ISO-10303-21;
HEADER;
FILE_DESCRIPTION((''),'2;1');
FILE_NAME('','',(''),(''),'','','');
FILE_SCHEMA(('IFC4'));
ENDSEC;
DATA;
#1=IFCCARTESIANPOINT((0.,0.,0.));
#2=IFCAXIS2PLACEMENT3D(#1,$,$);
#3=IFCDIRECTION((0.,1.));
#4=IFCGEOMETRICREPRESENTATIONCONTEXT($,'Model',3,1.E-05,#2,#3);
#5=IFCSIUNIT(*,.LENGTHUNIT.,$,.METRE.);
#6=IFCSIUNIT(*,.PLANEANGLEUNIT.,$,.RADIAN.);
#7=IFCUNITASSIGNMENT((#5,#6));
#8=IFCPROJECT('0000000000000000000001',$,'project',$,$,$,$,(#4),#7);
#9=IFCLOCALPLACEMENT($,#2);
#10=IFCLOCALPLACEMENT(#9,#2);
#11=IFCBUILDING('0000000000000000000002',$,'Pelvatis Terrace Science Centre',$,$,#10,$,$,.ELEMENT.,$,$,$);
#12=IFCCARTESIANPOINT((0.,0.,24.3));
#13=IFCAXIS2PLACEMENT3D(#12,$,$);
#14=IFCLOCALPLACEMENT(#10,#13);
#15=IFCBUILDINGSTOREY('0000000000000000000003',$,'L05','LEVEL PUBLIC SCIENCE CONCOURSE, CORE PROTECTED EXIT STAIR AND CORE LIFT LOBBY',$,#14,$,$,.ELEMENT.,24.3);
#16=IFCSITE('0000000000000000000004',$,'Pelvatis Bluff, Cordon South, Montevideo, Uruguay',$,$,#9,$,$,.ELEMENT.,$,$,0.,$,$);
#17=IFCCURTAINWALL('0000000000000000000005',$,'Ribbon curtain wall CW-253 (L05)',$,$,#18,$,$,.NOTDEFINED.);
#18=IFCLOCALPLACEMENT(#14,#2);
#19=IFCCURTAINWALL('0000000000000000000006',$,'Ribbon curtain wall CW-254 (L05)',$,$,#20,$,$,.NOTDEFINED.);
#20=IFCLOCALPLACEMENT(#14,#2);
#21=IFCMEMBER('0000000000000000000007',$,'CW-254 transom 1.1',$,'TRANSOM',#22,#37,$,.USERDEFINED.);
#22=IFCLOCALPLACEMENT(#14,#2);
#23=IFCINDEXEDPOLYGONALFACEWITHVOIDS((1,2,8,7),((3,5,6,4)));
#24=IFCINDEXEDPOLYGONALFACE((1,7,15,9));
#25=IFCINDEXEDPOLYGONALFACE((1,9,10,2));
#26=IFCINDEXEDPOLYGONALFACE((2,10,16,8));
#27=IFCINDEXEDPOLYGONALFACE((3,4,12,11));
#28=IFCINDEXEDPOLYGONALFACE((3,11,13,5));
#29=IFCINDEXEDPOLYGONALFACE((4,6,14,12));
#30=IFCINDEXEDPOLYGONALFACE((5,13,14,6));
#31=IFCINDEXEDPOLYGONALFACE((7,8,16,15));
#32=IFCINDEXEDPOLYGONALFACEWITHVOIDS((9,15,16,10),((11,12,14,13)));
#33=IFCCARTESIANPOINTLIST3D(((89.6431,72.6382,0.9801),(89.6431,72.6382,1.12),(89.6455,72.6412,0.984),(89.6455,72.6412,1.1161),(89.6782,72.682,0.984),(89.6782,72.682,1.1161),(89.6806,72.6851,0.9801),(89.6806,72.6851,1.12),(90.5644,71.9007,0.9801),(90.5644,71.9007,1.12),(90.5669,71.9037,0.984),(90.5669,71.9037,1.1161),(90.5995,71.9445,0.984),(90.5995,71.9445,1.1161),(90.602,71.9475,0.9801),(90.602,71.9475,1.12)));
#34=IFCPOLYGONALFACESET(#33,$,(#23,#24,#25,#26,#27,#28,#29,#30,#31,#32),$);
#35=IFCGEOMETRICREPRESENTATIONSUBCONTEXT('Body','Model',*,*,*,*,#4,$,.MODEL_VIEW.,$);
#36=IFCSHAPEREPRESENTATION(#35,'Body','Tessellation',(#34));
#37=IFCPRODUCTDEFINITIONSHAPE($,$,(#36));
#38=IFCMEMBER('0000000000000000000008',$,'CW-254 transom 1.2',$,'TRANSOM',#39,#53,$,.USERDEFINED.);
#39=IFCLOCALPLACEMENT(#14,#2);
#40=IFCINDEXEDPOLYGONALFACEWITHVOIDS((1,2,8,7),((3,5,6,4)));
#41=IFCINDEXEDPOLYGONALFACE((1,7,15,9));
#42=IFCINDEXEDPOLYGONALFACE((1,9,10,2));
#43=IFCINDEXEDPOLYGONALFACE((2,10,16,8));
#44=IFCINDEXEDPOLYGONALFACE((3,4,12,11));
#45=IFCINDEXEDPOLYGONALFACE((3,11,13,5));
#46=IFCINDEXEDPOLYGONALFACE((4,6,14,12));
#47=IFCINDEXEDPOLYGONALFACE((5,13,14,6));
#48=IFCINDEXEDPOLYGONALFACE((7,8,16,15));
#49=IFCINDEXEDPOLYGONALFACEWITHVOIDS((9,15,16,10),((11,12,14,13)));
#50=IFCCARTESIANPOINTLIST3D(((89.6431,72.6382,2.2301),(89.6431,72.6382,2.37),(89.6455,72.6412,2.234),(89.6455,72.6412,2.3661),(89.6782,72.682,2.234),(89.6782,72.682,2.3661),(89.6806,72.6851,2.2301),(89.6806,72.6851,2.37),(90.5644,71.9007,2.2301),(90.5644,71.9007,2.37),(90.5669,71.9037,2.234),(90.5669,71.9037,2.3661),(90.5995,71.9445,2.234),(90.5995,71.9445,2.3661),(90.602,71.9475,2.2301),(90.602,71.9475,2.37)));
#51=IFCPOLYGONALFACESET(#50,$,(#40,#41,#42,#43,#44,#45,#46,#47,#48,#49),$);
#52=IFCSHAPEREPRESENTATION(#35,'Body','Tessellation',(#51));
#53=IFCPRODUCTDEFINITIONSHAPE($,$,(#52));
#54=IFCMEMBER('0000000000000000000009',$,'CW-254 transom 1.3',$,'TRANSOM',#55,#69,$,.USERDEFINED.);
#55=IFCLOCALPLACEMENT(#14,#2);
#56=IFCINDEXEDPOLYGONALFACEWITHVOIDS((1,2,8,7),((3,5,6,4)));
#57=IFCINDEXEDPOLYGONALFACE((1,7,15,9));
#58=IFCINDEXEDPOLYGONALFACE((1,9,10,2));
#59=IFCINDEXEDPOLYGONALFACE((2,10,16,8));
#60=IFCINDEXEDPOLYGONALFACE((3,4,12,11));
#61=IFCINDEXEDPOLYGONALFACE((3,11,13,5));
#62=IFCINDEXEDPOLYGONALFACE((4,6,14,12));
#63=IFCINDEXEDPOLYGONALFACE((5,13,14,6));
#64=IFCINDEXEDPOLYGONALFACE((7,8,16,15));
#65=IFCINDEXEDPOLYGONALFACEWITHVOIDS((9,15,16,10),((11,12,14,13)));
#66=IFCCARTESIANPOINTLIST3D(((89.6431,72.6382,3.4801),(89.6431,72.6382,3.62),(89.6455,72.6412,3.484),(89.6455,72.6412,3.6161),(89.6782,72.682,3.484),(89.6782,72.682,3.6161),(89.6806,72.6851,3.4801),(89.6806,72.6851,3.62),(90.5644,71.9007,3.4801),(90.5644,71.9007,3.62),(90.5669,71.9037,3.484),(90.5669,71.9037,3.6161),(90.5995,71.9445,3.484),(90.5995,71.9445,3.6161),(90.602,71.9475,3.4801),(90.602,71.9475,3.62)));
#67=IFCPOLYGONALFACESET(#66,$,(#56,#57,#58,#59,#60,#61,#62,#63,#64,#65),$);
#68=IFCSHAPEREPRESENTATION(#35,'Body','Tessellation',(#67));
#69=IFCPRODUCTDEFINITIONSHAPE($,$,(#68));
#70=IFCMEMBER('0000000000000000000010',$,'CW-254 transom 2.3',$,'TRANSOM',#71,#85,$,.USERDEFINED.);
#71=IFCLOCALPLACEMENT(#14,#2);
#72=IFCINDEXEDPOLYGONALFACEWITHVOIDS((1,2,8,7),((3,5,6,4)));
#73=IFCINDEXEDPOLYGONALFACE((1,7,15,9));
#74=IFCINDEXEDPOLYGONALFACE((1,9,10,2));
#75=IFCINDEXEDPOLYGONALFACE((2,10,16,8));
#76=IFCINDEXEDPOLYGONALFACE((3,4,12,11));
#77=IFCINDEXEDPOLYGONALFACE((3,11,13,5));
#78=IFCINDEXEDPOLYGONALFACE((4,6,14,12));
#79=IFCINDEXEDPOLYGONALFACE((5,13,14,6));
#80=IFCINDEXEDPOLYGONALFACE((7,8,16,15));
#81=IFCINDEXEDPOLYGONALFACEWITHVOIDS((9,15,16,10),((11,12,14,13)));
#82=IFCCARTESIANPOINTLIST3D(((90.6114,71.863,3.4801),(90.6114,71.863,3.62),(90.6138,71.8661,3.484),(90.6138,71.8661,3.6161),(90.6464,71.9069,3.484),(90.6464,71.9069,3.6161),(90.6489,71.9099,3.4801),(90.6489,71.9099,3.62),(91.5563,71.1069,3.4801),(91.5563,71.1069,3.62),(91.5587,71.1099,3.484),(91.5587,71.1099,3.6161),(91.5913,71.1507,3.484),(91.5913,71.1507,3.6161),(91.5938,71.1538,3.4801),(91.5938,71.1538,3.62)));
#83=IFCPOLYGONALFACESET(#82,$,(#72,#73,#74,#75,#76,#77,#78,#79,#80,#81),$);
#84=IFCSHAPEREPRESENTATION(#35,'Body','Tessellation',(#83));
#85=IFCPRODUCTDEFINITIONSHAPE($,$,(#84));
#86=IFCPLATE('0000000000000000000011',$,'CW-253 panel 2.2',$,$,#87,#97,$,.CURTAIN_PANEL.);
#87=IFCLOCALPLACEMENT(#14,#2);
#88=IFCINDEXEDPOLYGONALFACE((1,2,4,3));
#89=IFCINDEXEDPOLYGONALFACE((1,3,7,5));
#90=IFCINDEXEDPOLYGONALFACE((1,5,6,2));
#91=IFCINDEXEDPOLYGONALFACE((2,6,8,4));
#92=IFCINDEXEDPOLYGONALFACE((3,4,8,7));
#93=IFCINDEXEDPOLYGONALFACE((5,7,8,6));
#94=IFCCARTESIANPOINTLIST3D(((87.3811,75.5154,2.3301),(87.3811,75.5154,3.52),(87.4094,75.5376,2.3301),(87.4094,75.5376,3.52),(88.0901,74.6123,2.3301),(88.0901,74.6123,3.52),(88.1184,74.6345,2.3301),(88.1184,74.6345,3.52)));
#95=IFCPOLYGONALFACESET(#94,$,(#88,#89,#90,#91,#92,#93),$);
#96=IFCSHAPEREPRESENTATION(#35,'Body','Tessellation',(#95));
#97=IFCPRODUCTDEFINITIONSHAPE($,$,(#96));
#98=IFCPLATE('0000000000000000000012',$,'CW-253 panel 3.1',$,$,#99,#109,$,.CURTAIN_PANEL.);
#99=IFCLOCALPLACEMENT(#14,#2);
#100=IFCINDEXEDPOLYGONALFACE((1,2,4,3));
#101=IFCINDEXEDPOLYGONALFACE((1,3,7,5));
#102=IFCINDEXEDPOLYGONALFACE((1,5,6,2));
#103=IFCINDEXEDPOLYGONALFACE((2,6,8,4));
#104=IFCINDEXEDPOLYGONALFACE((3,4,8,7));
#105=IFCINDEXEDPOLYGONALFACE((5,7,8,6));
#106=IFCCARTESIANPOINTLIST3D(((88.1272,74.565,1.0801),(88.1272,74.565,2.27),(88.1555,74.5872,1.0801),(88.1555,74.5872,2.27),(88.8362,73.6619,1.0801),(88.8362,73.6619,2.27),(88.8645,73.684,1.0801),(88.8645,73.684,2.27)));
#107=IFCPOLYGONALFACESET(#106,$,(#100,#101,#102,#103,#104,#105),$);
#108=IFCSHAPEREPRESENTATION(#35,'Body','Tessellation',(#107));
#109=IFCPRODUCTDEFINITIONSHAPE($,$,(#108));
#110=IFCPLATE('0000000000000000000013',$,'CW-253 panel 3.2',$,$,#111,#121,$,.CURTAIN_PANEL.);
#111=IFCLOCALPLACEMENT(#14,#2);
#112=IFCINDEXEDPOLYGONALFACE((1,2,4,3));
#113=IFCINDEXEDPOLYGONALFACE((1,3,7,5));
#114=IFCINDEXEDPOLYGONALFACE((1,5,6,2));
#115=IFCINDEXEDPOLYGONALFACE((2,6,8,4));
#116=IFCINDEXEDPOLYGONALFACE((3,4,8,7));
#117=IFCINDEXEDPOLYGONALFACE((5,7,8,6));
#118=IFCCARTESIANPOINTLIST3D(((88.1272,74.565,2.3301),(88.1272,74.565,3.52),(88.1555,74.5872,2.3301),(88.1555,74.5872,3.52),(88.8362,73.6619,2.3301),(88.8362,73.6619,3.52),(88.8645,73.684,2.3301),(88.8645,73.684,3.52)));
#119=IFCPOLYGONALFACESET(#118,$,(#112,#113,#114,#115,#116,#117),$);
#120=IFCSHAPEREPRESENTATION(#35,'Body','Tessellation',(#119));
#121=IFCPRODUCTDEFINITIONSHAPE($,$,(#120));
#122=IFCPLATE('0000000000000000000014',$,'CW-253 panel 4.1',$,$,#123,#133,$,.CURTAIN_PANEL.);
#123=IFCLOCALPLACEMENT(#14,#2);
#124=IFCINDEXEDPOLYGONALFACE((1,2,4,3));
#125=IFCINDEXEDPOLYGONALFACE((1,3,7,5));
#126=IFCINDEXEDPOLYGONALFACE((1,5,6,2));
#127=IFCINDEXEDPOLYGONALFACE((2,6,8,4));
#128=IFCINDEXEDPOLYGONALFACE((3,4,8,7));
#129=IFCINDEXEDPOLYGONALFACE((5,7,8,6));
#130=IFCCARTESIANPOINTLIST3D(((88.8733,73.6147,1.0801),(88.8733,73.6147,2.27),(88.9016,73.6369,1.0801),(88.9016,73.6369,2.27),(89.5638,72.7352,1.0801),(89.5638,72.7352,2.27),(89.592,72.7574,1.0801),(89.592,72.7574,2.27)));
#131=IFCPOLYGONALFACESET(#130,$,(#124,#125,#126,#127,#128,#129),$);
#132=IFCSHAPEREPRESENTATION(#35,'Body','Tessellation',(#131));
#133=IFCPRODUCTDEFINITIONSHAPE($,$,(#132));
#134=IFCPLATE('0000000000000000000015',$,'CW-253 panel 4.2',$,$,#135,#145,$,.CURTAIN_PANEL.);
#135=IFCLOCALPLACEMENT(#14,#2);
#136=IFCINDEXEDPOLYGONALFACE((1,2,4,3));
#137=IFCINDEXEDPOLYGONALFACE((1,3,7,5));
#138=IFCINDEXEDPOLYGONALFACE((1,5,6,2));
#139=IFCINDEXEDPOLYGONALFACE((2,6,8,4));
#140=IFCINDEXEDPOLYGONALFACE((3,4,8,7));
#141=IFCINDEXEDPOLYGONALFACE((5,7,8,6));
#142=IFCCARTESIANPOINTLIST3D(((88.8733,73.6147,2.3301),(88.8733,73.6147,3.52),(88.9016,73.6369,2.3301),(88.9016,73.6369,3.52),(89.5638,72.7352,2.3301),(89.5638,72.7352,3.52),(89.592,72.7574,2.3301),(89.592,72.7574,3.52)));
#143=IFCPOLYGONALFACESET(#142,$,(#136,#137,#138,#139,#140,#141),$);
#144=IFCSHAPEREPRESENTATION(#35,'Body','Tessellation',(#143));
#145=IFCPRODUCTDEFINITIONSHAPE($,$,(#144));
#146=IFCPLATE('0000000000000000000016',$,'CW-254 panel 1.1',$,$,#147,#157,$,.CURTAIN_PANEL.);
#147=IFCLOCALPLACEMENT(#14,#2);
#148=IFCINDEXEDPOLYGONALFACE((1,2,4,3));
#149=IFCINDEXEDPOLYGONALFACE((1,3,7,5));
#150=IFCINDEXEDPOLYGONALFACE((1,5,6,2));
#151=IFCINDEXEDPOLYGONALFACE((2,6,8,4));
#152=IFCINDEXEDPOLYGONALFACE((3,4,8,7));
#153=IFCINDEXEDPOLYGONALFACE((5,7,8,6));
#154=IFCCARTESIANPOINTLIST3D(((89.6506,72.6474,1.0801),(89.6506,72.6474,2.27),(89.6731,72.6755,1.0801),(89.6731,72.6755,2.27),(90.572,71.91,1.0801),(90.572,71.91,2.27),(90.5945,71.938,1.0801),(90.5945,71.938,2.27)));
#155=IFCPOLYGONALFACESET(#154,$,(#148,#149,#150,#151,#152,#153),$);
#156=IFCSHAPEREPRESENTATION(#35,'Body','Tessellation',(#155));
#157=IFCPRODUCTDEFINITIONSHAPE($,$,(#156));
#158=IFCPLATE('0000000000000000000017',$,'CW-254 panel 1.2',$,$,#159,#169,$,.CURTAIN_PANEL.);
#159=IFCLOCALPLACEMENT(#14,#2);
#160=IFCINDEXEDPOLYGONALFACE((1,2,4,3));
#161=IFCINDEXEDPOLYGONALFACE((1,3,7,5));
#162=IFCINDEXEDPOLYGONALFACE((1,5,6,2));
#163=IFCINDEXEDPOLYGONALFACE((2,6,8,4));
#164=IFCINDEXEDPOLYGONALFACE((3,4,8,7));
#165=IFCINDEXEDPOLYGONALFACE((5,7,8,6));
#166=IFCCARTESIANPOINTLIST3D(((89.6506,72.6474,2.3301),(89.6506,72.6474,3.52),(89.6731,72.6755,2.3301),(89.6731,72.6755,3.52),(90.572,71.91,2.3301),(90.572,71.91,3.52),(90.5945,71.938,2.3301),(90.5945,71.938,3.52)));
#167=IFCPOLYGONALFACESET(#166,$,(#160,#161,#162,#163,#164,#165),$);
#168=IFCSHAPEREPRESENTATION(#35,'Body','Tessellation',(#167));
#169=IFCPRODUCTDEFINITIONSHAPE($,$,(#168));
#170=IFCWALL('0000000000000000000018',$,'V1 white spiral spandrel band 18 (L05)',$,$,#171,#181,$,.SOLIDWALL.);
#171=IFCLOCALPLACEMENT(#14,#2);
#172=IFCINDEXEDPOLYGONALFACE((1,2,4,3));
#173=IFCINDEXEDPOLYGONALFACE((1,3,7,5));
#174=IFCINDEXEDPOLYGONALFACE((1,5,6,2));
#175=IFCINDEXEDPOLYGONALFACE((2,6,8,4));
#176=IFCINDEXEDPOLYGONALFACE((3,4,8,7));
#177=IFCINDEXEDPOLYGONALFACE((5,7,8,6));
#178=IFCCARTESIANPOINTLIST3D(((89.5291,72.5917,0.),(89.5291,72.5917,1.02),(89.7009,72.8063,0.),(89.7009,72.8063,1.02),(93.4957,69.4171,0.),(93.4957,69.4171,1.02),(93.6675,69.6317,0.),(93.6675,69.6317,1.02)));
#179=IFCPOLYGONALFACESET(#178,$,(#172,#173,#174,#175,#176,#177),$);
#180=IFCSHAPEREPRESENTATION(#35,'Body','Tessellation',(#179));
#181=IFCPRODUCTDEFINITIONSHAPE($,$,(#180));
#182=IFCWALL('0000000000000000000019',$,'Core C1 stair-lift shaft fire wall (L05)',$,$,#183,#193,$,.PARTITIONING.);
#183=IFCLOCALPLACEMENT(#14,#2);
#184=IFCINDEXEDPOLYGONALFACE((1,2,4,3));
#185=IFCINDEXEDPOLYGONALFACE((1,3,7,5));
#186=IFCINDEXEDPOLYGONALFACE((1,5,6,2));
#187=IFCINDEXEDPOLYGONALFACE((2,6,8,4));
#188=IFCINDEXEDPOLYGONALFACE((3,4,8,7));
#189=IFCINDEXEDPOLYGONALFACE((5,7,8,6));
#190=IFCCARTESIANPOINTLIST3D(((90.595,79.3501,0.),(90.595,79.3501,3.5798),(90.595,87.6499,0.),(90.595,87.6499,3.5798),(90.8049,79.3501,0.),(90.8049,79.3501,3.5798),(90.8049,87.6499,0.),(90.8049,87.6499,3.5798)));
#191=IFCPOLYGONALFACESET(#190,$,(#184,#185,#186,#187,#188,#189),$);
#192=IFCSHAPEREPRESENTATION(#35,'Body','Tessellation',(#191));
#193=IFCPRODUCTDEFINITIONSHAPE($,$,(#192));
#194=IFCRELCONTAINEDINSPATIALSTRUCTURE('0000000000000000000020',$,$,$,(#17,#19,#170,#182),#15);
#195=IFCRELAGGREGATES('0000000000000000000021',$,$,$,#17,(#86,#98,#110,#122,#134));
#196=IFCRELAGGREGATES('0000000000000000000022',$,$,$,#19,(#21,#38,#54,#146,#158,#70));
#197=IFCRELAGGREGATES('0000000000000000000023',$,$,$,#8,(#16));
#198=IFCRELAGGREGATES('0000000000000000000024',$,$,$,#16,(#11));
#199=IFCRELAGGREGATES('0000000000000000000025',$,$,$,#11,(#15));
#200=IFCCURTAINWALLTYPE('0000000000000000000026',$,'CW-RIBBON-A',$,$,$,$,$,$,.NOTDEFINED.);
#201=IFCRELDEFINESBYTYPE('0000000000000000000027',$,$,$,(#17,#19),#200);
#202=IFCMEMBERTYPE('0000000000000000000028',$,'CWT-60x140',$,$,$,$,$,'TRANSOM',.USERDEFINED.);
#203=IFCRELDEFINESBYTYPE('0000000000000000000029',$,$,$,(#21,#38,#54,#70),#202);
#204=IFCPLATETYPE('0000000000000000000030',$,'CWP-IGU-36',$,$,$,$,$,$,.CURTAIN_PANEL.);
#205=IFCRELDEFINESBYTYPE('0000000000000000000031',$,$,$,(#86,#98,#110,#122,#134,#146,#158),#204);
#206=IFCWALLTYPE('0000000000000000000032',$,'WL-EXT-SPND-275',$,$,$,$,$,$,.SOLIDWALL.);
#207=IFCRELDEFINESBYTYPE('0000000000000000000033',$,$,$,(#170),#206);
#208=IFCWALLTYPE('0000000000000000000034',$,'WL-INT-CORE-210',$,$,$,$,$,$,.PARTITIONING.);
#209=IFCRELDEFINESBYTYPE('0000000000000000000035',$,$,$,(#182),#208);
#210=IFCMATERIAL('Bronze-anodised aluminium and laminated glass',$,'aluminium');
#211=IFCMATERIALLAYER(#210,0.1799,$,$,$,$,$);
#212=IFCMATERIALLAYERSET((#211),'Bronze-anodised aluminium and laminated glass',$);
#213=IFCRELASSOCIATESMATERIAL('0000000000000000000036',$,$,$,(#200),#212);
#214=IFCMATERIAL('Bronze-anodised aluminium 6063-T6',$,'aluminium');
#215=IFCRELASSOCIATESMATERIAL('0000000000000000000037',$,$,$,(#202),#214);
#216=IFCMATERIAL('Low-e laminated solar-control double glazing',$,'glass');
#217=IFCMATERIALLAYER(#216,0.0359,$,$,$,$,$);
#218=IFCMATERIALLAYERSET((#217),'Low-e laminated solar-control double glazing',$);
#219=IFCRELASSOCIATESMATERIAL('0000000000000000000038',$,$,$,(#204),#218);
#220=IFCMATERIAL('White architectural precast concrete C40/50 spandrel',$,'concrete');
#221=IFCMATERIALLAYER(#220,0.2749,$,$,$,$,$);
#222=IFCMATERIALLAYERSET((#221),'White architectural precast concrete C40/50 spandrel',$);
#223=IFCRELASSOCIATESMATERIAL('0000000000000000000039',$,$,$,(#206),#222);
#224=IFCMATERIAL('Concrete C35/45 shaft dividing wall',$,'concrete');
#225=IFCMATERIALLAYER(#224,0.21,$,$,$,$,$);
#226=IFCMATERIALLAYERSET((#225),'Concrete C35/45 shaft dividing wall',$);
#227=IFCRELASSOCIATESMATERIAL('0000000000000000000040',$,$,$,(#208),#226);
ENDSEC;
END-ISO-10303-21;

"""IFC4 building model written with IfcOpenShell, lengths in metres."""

from ifc_helpers import new_model, si_unit, direction, frame, frame_2d, origin, origin_2d, place, context, subcontext, project, spatial, rectangle, hollow_rectangle, extrude, material, layer, layer_set, material_profile, profile_set, type_object, element, aggregate, save


model = new_model("IFC4")

# Units and contexts
model_context = context("Model", 3, precision=1e-05, world=origin(), true_north=direction((0.0, 1.0)))
body_context = subcontext(model_context, "Body", "Model", "MODEL_VIEW")
ifc_project = project(units=[si_unit("LENGTHUNIT", "METRE"), si_unit("PLANEANGLEUNIT", "RADIAN")], contexts=[model_context])

# Site, building, storey
site_placement = place(None, origin())
site = spatial("IfcSite", under=ifc_project, at=site_placement, Name="Pelvatis Bluff, Cordon South, Montevideo, Uruguay", CompositionType="ELEMENT", RefElevation=0.0)
building_placement = place(site_placement, origin())
building = spatial("IfcBuilding", under=site, at=building_placement, Name="Pelvatis Terrace Science Centre", CompositionType="ELEMENT")
storey_placement = place(building_placement, frame((0.0, 0.0, 24.3)))
storey = spatial("IfcBuildingStorey", under=building, at=storey_placement, Name="L05", Description="LEVEL PUBLIC SCIENCE CONCOURSE, CORE PROTECTED EXIT STAIR AND CORE LIFT LOBBY", CompositionType="ELEMENT", Elevation=24.3)

# Curtain walls
ifc_material_1 = material(Name="Bronze-anodised aluminium and laminated glass", Category="aluminium")
ifc_layer_1 = layer(ifc_material_1, 0.1799)
ifc_layer_set_1 = layer_set([ifc_layer_1], Name="Bronze-anodised aluminium and laminated glass")
curtain_wall_type = type_object("IfcCurtainWallType", Name="CW-RIBBON-A", PredefinedType="NOTDEFINED", material=ifc_layer_set_1)
curtain_wall_1_placement = place(storey_placement, origin())
curtain_wall_1 = element("IfcCurtainWall", 1, at=curtain_wall_1_placement, inside=storey, type_object=curtain_wall_type, Name="Ribbon curtain wall CW-253 (L05)", PredefinedType="NOTDEFINED")
curtain_wall_2_placement = place(storey_placement, origin())
curtain_wall_2 = element("IfcCurtainWall", 2, at=curtain_wall_2_placement, inside=storey, type_object=curtain_wall_type, Name="Ribbon curtain wall CW-254 (L05)", PredefinedType="NOTDEFINED")

# Members
ifc_material_2 = material(Name="Bronze-anodised aluminium 6063-T6", Category="aluminium")
ifc_material_profile_1 = material_profile(ifc_material_2, hollow_rectangle(XDim=0.0601, YDim=0.1399, WallThickness=0.0039, at=origin_2d()), Name="ALU-TRN 60x140")
ifc_profile_set_1 = profile_set([ifc_material_profile_1], Name="Bronze-anodised aluminium 6063-T6")
member_type_1 = type_object("IfcMemberType", Name="CWT-60x140", ElementType="TRANSOM", PredefinedType="USERDEFINED", material=ifc_profile_set_1)
member_1_placement = place(storey_placement, frame((89.6619, 72.6616, 1.05), z_axis=(0.780687, -0.624922, 0.0), x_axis=(0.624922, 0.780687, 0.0)))
member_1 = element("IfcMember", 3, at=member_1_placement, type_object=member_type_1, Name="CW-254 transom 1.1", ObjectType="TRANSOM", PredefinedType="USERDEFINED", context=body_context, shape_type="SweptSolid", body=[
    extrude(hollow_rectangle(XDim=0.0601, YDim=0.1399, WallThickness=0.0039, at=origin_2d()), origin(), (0.0, 0.0, 1.0), 1.1802),
])
member_2_placement = place(storey_placement, frame((89.6619, 72.6616, 2.3), z_axis=(0.780687, -0.624922, 0.0), x_axis=(0.624922, 0.780687, 0.0)))
member_2 = element("IfcMember", 4, at=member_2_placement, type_object=member_type_1, Name="CW-254 transom 1.2", ObjectType="TRANSOM", PredefinedType="USERDEFINED", context=body_context, shape_type="SweptSolid", body=[
    extrude(hollow_rectangle(XDim=0.0601, YDim=0.1399, WallThickness=0.0039, at=origin_2d()), origin(), (0.0, 0.0, 1.0), 1.1802),
])
member_3_placement = place(storey_placement, frame((89.6619, 72.6616, 3.55), z_axis=(0.780687, -0.624922, 0.0), x_axis=(0.624922, 0.780687, 0.0)))
member_3 = element("IfcMember", 5, at=member_3_placement, type_object=member_type_1, Name="CW-254 transom 1.3", ObjectType="TRANSOM", PredefinedType="USERDEFINED", context=body_context, shape_type="SweptSolid", body=[
    extrude(hollow_rectangle(XDim=0.0601, YDim=0.1399, WallThickness=0.0039, at=origin_2d()), origin(), (0.0, 0.0, 1.0), 1.1802),
])
member_4_placement = place(storey_placement, frame((90.6301, 71.8865, 3.55), z_axis=(0.78077, -0.624818, 0.0), x_axis=(0.624818, 0.78077, 0.0)))
member_4 = element("IfcMember", 6, at=member_4_placement, type_object=member_type_1, Name="CW-254 transom 2.3", ObjectType="TRANSOM", PredefinedType="USERDEFINED", context=body_context, shape_type="SweptSolid", body=[
    extrude(hollow_rectangle(XDim=0.0601, YDim=0.1399, WallThickness=0.0039, at=origin_2d()), origin(), (0.0, 0.0, 1.0), 1.2102),
])

# Plates
ifc_material_3 = material(Name="Low-e laminated solar-control double glazing", Category="glass")
ifc_layer_2 = layer(ifc_material_3, 0.0359)
ifc_layer_set_2 = layer_set([ifc_layer_2], Name="Low-e laminated solar-control double glazing")
plate_type = type_object("IfcPlateType", Name="CWP-IGU-36", PredefinedType="CURTAIN_PANEL", material=ifc_layer_set_2)
plate_1_placement = place(storey_placement, frame((87.7498, 75.075, 2.3301), z_axis=(0.0, 0.0, 1.0), x_axis=(0.617493, -0.786577, 0.0)))
plate_1 = element("IfcPlate", 7, at=plate_1_placement, type_object=plate_type, Name="CW-253 panel 2.2", PredefinedType="CURTAIN_PANEL", context=body_context, shape_type="SweptSolid", body=[
    extrude(rectangle(XDim=1.1482, YDim=0.0359, at=origin_2d()), origin(), (0.0, 0.0, 1.0), 1.1899),
])
plate_2_placement = place(storey_placement, frame((88.4958, 74.1245, 1.0801), z_axis=(0.0, 0.0, 1.0), x_axis=(0.617493, -0.786577, 0.0)))
plate_2 = element("IfcPlate", 8, at=plate_2_placement, type_object=plate_type, Name="CW-253 panel 3.1", PredefinedType="CURTAIN_PANEL", context=body_context, shape_type="SweptSolid", body=[
    extrude(rectangle(XDim=1.1482, YDim=0.0359, at=origin_2d()), origin(), (0.0, 0.0, 1.0), 1.1899),
])
plate_3_placement = place(storey_placement, frame((88.4958, 74.1245, 2.3301), z_axis=(0.0, 0.0, 1.0), x_axis=(0.617493, -0.786577, 0.0)))
plate_3 = element("IfcPlate", 9, at=plate_3_placement, type_object=plate_type, Name="CW-253 panel 3.2", PredefinedType="CURTAIN_PANEL", context=body_context, shape_type="SweptSolid", body=[
    extrude(rectangle(XDim=1.1482, YDim=0.0359, at=origin_2d()), origin(), (0.0, 0.0, 1.0), 1.1899),
])
plate_4_placement = place(storey_placement, frame((89.2327, 73.186, 1.0801), z_axis=(0.0, 0.0, 1.0), x_axis=(0.617493, -0.786577, 0.0)))
plate_4 = element("IfcPlate", 10, at=plate_4_placement, type_object=plate_type, Name="CW-253 panel 4.1", PredefinedType="CURTAIN_PANEL", context=body_context, shape_type="SweptSolid", body=[
    extrude(rectangle(XDim=1.1182, YDim=0.0359, at=origin_2d()), origin(), (0.0, 0.0, 1.0), 1.1899),
])
plate_5_placement = place(storey_placement, frame((89.2327, 73.186, 2.3301), z_axis=(0.0, 0.0, 1.0), x_axis=(0.617493, -0.786577, 0.0)))
plate_5 = element("IfcPlate", 11, at=plate_5_placement, type_object=plate_type, Name="CW-253 panel 4.2", PredefinedType="CURTAIN_PANEL", context=body_context, shape_type="SweptSolid", body=[
    extrude(rectangle(XDim=1.1182, YDim=0.0359, at=origin_2d()), origin(), (0.0, 0.0, 1.0), 1.1899),
])
aggregate(curtain_wall_1, [plate_1, plate_2, plate_3, plate_4, plate_5])
plate_6_placement = place(storey_placement, frame((90.1226, 72.2927, 1.0801), z_axis=(0.0, 0.0, 1.0), x_axis=(0.780725, -0.624875, 0.0)))
plate_6 = element("IfcPlate", 12, at=plate_6_placement, type_object=plate_type, Name="CW-254 panel 1.1", PredefinedType="CURTAIN_PANEL", context=body_context, shape_type="SweptSolid", body=[
    extrude(rectangle(XDim=1.1802, YDim=0.0359, at=origin_2d()), origin(), (0.0, 0.0, 1.0), 1.1899),
])
plate_7_placement = place(storey_placement, frame((90.1226, 72.2927, 2.3301), z_axis=(0.0, 0.0, 1.0), x_axis=(0.780725, -0.624875, 0.0)))
plate_7 = element("IfcPlate", 13, at=plate_7_placement, type_object=plate_type, Name="CW-254 panel 1.2", PredefinedType="CURTAIN_PANEL", context=body_context, shape_type="SweptSolid", body=[
    extrude(rectangle(XDim=1.1802, YDim=0.0359, at=origin_2d()), origin(), (0.0, 0.0, 1.0), 1.1899),
])
aggregate(curtain_wall_2, [member_1, member_2, member_3, plate_6, plate_7, member_4])

# Walls
ifc_material_4 = material(Name="White architectural precast concrete C40/50 spandrel", Category="concrete")
ifc_layer_3 = layer(ifc_material_4, 0.2749)
ifc_layer_set_3 = layer_set([ifc_layer_3], Name="White architectural precast concrete C40/50 spandrel")
wall_type_1 = type_object("IfcWallType", Name="WL-EXT-SPND-275", PredefinedType="SOLIDWALL", material=ifc_layer_set_3)
wall_1_placement = place(storey_placement, frame((89.615, 72.699, 0.0), z_axis=(0.0, 0.0, 1.0), x_axis=(0.780742, -0.624853, 0.0)))
element("IfcWall", 14, at=wall_1_placement, inside=storey, type_object=wall_type_1, Name="V1 white spiral spandrel band 18 (L05)", PredefinedType="SOLIDWALL", context=body_context, shape_type="SweptSolid", body=[
    extrude(rectangle(XDim=5.0806, YDim=0.2749, at=frame_2d((2.5403, 0.0))), origin(), (0.0, 0.0, 1.0), 1.02),
])
ifc_material_5 = material(Name="Concrete C35/45 shaft dividing wall", Category="concrete")
ifc_layer_4 = layer(ifc_material_5, 0.21)
ifc_layer_set_4 = layer_set([ifc_layer_4], Name="Concrete C35/45 shaft dividing wall")
wall_type_2 = type_object("IfcWallType", Name="WL-INT-CORE-210", PredefinedType="PARTITIONING", material=ifc_layer_set_4)
wall_2_placement = place(storey_placement, frame((90.7, 79.3501, 0.0), z_axis=(0.0, 0.0, 1.0), x_axis=(0.0, 1.0, 0.0)))
element("IfcWall", 15, at=wall_2_placement, inside=storey, type_object=wall_type_2, Name="Core C1 stair-lift shaft fire wall (L05)", PredefinedType="PARTITIONING", context=body_context, shape_type="SweptSolid", body=[
    extrude(rectangle(XDim=8.2998, YDim=0.21, at=frame_2d((4.1499, 0.0))), origin(), (0.0, 0.0, 1.0), 3.5798),
])

save(model, "model.ifc")
